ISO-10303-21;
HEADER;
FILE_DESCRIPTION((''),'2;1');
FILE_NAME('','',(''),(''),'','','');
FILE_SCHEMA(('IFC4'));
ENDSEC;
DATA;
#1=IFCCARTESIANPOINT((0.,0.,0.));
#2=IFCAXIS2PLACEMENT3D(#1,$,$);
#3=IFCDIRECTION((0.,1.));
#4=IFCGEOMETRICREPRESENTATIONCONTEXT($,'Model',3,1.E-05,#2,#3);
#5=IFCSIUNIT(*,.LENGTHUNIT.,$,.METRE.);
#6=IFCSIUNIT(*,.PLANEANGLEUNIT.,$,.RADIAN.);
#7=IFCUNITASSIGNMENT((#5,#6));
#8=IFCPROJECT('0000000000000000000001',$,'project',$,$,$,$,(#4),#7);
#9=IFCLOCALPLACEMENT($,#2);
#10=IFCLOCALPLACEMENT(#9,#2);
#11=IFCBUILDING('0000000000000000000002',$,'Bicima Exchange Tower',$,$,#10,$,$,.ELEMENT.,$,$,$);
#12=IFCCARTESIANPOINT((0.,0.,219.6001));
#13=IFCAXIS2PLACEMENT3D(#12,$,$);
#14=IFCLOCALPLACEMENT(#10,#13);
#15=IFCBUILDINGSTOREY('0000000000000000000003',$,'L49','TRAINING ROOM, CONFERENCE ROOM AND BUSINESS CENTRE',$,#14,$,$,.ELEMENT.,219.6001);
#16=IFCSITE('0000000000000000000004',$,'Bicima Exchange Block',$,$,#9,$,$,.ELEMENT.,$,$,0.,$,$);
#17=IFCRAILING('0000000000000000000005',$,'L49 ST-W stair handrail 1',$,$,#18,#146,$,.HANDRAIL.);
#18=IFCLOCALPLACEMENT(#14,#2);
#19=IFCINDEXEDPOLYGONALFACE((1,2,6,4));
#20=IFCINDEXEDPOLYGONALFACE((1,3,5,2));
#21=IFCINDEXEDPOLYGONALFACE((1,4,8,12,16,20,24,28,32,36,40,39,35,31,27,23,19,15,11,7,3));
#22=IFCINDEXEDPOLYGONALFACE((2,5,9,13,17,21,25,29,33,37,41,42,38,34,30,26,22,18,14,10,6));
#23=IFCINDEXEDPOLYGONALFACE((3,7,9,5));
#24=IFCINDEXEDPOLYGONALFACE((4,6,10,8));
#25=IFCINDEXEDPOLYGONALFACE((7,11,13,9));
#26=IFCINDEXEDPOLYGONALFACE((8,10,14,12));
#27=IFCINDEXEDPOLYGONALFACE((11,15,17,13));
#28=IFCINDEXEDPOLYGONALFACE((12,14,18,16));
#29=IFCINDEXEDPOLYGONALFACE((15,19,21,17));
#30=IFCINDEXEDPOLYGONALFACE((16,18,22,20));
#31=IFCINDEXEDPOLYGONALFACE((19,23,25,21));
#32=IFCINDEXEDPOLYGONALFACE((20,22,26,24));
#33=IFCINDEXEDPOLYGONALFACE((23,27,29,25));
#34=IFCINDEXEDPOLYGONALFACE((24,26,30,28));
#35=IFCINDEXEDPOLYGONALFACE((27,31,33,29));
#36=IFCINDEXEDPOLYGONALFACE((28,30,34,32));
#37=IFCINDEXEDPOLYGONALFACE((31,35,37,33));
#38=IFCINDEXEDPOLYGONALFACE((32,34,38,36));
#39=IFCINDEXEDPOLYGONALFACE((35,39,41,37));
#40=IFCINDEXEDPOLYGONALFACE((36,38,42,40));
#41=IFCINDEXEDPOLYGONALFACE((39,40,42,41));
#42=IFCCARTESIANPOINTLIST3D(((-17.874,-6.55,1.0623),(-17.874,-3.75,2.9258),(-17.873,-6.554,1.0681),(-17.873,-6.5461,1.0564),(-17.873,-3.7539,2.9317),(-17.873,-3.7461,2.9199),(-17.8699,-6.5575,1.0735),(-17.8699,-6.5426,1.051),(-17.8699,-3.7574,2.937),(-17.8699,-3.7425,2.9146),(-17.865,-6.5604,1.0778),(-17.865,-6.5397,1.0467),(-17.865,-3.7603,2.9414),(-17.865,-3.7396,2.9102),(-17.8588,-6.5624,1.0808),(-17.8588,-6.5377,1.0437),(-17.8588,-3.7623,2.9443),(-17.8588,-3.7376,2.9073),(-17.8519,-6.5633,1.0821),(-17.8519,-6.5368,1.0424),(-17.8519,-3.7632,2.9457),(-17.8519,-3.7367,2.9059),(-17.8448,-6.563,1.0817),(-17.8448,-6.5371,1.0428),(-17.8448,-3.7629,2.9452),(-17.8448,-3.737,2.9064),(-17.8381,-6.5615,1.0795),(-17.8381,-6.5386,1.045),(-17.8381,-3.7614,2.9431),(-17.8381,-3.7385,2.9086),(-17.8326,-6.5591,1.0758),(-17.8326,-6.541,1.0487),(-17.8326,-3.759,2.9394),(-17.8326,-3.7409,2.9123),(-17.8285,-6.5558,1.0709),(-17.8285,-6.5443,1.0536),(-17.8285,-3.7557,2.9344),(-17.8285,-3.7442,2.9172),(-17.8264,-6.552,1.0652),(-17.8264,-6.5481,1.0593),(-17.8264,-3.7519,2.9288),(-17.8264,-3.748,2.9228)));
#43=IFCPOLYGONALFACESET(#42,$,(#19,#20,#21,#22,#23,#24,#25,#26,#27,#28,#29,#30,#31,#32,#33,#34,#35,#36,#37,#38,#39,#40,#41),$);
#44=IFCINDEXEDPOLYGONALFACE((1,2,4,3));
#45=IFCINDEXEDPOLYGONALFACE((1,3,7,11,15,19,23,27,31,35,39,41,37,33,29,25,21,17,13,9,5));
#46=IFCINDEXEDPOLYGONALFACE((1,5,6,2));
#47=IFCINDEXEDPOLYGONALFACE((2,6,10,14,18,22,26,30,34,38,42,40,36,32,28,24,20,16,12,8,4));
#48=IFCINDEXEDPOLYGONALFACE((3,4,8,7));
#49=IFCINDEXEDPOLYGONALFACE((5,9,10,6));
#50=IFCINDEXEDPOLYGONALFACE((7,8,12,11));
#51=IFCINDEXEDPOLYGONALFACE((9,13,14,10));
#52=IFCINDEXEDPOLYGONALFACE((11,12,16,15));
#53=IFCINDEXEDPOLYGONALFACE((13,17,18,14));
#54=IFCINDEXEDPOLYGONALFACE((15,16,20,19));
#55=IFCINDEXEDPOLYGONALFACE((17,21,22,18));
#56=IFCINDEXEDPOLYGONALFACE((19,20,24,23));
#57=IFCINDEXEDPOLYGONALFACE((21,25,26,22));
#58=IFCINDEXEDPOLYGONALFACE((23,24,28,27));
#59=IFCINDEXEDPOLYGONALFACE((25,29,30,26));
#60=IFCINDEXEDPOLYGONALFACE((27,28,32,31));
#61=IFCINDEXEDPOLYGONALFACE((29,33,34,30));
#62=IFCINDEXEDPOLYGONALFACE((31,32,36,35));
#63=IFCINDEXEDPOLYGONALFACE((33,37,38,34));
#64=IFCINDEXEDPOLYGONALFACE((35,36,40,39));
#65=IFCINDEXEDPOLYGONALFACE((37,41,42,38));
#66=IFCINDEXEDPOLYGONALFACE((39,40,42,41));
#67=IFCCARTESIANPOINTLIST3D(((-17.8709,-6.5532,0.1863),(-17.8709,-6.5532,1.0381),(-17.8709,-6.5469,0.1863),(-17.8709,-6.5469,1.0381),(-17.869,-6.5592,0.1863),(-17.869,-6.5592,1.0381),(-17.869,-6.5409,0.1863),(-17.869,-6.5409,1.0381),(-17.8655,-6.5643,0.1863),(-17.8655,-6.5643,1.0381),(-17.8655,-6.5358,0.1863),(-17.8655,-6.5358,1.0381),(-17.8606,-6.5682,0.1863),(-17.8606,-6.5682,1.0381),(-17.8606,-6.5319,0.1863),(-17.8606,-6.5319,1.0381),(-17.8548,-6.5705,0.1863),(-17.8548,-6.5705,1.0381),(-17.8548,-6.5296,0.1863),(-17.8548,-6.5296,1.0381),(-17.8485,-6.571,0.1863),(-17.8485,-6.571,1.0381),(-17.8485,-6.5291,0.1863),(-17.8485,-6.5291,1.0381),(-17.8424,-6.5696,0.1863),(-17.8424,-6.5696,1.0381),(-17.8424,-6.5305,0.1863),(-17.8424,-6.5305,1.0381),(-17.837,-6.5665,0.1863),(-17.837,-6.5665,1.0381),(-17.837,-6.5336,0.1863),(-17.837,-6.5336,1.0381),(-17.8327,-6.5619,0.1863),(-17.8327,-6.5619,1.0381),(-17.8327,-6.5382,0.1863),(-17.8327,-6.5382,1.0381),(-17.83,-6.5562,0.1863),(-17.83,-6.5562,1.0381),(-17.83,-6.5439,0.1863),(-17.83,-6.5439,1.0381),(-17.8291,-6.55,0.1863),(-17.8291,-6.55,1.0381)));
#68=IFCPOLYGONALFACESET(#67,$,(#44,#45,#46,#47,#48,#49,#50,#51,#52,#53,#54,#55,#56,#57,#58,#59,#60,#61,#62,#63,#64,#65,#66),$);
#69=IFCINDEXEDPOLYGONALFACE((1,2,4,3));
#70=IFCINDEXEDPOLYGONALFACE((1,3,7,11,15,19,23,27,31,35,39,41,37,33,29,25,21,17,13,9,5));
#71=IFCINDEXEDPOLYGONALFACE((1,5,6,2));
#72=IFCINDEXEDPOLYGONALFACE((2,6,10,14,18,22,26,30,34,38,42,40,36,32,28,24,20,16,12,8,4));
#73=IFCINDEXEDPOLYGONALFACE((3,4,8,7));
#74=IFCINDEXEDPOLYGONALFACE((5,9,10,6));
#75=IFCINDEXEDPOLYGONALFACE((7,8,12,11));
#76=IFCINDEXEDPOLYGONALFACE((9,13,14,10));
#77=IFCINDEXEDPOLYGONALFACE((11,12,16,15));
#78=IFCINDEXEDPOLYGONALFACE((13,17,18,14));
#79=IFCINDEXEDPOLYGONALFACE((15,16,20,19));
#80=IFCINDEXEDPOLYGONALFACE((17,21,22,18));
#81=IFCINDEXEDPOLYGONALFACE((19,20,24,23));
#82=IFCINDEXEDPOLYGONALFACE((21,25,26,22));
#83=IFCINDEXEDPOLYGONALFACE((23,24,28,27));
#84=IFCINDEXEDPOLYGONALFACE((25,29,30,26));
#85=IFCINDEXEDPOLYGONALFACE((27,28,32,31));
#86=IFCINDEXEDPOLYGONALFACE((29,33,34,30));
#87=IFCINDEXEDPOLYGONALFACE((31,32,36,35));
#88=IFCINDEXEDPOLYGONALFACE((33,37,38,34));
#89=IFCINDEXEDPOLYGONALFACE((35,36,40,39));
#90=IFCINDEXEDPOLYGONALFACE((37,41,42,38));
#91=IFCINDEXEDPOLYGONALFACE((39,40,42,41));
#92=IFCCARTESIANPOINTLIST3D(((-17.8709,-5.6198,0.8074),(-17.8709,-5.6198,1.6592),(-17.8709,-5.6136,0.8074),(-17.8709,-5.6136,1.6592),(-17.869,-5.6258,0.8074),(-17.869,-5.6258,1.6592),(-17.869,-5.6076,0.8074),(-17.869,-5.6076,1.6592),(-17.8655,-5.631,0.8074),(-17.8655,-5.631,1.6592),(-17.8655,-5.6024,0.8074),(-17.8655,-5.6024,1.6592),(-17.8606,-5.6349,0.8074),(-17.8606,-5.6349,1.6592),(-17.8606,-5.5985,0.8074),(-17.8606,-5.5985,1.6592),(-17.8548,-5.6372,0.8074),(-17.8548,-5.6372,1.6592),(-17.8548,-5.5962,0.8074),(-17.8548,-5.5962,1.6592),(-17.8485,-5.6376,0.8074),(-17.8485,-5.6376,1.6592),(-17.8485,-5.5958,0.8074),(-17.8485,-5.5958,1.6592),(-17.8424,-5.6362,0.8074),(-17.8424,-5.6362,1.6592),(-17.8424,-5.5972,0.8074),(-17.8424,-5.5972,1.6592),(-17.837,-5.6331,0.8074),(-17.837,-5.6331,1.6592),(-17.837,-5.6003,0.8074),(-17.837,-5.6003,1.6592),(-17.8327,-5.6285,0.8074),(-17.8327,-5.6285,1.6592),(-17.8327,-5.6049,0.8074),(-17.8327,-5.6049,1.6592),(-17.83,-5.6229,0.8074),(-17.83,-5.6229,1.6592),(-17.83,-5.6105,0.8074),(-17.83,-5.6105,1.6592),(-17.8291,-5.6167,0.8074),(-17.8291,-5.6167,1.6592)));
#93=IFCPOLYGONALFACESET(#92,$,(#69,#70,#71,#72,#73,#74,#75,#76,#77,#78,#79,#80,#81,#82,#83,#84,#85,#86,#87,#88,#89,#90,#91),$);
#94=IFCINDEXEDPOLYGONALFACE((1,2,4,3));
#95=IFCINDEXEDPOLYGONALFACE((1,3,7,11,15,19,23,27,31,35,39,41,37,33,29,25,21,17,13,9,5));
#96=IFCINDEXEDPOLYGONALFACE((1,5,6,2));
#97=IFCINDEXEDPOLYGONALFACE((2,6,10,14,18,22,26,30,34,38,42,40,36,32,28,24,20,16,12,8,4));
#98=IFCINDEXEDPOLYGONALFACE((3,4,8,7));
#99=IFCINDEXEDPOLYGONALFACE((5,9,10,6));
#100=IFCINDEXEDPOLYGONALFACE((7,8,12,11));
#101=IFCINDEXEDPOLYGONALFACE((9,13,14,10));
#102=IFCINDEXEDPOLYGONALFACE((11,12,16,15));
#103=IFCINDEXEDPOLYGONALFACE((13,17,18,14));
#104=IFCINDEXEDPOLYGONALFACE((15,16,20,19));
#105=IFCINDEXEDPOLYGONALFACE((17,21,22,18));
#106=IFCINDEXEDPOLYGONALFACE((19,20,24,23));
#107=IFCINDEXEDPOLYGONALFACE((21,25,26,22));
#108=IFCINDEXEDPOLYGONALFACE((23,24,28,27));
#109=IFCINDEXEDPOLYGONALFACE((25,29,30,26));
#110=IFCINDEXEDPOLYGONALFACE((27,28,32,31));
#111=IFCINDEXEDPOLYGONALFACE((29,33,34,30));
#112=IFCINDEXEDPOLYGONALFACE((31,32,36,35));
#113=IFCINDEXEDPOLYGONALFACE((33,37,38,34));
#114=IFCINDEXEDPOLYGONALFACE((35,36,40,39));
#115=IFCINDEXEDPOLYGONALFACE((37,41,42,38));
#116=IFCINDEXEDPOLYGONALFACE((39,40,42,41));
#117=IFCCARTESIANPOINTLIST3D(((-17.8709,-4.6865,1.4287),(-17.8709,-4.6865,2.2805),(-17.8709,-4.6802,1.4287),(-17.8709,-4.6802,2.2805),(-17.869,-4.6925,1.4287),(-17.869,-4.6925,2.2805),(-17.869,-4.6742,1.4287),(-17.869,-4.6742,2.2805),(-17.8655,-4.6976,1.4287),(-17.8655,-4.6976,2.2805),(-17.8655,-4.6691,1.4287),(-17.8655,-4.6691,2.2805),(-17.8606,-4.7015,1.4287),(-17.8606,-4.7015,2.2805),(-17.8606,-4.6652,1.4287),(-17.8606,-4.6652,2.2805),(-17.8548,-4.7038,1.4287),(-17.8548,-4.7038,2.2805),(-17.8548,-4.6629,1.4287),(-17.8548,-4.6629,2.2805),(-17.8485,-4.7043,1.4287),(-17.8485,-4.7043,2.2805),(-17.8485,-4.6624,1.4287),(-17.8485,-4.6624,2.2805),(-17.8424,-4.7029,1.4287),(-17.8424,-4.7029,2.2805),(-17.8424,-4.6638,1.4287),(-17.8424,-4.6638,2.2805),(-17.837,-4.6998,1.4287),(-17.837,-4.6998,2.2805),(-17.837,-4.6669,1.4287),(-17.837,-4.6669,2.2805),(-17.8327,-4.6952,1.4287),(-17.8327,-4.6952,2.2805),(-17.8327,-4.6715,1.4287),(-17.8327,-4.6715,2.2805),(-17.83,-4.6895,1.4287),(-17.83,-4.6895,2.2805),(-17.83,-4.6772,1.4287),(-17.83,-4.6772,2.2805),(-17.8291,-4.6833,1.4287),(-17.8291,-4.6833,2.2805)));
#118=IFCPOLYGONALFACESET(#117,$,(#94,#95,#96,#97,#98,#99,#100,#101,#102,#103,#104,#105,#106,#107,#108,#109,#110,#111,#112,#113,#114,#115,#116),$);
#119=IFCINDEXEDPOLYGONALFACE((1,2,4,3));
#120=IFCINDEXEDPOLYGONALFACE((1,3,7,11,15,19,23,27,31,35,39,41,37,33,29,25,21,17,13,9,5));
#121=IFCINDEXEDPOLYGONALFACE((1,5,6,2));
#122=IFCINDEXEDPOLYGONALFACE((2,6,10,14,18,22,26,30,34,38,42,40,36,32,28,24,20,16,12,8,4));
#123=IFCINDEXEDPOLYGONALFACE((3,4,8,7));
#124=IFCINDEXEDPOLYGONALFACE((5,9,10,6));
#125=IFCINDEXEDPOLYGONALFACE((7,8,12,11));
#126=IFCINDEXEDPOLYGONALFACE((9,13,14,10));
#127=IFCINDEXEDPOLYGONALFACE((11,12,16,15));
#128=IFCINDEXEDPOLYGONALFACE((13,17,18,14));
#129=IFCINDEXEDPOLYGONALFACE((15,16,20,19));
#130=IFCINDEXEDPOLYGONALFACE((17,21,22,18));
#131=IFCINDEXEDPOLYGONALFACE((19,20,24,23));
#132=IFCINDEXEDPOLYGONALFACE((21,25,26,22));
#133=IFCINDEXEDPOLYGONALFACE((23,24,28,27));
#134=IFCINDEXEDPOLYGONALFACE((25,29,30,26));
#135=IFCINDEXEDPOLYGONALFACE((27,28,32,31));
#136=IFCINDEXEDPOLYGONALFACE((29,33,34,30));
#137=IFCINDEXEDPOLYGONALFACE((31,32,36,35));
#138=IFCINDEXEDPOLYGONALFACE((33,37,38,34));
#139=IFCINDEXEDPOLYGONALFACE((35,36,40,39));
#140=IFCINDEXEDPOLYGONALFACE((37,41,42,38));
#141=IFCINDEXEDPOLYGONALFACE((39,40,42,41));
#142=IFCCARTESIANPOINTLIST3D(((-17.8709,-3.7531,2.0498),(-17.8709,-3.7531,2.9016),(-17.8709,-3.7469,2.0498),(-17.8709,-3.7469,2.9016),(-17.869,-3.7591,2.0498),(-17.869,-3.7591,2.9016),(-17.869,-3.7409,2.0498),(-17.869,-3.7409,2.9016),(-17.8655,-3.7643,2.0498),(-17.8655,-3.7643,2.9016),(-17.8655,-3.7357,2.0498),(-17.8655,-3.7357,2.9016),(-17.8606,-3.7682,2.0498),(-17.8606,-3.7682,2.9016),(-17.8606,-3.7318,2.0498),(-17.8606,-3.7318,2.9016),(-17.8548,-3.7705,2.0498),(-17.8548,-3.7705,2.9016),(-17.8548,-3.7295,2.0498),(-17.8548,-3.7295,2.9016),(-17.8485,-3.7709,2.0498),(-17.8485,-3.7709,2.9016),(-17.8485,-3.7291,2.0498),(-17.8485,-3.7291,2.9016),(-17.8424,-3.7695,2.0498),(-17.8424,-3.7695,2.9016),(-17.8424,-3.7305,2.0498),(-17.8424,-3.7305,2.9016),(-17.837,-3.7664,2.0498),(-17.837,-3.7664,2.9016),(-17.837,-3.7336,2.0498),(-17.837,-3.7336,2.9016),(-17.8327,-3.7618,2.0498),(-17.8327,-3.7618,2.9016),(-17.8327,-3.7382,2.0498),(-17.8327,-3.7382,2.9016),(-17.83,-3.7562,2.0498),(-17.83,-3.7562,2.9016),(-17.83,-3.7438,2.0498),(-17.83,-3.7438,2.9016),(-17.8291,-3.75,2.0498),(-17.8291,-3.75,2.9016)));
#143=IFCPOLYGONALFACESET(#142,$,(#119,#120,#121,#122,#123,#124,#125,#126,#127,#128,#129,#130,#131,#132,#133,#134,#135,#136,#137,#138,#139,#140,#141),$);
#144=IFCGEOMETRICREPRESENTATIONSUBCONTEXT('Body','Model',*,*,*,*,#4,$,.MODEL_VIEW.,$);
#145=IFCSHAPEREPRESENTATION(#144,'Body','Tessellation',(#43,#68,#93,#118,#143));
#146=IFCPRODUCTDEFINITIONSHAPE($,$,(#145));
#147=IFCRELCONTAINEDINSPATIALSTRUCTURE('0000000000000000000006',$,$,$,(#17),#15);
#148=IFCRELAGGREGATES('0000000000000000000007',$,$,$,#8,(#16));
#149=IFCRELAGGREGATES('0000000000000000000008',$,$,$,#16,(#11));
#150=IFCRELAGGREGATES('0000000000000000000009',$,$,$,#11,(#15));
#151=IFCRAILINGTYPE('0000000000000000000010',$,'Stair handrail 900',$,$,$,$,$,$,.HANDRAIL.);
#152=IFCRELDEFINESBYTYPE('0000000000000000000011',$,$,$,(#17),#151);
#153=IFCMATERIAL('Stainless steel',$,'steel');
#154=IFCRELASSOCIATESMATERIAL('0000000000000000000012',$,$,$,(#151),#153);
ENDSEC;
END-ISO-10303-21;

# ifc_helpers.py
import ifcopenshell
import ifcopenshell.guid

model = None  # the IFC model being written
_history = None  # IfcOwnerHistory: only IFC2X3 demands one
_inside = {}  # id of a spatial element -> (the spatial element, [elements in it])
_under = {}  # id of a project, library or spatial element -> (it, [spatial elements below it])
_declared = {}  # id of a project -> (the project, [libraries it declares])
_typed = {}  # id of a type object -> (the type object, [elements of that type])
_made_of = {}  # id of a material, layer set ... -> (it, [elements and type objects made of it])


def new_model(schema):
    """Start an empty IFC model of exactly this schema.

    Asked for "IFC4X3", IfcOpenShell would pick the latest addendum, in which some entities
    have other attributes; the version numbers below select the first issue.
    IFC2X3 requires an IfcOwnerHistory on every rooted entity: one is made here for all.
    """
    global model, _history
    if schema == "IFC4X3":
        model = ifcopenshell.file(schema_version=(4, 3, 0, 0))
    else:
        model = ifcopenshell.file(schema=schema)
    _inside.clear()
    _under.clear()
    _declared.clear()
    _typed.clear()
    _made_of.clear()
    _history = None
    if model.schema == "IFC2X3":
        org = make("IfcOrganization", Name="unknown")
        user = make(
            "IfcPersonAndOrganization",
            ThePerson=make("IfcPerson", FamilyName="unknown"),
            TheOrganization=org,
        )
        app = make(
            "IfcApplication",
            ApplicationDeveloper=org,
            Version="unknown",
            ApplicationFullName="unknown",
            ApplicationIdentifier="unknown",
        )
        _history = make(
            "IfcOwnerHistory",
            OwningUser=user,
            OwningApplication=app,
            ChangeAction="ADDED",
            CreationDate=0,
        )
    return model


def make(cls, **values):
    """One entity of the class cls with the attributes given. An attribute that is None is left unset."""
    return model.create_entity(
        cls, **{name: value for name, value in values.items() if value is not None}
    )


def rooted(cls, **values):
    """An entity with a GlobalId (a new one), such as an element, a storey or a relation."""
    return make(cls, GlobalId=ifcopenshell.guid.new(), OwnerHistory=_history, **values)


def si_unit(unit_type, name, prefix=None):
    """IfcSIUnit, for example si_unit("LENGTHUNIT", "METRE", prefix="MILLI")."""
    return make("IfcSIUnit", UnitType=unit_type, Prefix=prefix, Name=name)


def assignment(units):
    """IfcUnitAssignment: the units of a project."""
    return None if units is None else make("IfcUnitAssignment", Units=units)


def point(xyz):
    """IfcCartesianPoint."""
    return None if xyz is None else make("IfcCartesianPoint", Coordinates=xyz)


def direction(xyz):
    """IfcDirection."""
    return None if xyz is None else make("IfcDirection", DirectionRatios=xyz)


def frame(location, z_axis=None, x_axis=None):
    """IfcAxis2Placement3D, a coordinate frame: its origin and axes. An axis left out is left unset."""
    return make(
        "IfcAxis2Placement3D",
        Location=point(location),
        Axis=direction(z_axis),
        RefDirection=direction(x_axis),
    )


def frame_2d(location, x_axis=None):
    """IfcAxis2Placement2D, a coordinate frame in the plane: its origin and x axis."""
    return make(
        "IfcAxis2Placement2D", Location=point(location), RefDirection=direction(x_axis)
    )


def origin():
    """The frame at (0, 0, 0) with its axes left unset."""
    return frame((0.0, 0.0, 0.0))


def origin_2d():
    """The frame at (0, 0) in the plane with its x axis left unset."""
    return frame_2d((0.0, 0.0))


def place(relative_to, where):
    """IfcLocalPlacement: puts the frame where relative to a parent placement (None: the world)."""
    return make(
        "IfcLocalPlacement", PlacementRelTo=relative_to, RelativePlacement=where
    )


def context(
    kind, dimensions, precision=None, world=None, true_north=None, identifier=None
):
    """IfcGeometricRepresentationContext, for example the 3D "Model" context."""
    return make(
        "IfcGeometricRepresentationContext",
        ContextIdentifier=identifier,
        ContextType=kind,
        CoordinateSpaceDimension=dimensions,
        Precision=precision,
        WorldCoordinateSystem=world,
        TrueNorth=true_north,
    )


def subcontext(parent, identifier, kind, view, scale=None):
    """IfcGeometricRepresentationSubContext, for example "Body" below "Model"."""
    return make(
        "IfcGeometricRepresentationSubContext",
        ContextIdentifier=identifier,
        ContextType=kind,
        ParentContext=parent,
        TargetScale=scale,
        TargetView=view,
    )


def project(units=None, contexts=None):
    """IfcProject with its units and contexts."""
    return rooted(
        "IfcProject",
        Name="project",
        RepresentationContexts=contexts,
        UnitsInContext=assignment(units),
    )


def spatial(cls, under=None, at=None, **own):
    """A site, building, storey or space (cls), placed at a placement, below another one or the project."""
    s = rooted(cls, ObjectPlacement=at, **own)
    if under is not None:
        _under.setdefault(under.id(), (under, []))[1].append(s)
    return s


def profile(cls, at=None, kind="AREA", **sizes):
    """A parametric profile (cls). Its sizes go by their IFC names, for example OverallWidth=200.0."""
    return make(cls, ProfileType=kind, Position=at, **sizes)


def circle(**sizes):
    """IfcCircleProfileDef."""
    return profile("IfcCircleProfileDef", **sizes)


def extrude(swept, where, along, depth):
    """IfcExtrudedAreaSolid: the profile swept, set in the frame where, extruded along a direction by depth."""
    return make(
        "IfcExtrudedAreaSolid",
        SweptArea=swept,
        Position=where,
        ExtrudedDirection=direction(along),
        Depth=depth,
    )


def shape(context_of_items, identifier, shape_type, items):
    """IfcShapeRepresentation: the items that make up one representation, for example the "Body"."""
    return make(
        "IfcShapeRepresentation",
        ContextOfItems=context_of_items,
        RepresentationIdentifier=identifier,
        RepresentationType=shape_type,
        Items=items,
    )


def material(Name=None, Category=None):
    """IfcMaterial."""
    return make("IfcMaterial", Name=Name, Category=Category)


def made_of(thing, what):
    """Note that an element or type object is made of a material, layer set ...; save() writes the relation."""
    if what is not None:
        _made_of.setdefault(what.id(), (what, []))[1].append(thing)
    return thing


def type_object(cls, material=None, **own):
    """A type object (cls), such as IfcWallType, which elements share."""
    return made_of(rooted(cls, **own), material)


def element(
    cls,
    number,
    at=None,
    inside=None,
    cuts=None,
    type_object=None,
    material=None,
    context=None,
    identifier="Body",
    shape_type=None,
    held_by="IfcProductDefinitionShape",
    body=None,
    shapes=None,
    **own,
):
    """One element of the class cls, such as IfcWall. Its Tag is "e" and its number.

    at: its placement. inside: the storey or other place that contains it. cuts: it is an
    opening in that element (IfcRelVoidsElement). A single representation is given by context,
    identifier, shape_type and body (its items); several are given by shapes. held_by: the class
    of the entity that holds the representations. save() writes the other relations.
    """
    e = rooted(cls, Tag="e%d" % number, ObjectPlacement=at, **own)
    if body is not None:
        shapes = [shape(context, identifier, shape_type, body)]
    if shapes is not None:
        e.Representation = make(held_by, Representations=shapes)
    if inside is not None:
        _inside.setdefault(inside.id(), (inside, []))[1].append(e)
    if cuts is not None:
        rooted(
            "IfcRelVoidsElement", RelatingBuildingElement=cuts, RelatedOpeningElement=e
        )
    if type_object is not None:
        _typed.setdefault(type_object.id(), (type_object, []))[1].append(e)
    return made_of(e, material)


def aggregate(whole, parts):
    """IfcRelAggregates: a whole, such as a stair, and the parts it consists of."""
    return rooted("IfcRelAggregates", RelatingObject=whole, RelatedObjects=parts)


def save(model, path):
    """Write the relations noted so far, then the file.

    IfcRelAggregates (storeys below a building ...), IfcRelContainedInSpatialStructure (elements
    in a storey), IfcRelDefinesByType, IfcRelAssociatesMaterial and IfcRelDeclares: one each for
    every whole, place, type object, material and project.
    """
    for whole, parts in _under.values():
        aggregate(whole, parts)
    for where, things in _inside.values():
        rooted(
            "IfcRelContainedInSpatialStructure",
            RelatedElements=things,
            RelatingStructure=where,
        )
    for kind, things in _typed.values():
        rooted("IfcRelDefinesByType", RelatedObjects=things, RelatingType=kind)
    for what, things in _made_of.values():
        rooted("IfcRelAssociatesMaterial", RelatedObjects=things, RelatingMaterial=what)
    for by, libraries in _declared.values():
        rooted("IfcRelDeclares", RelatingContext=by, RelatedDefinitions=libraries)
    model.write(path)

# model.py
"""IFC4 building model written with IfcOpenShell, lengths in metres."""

from ifc_helpers import new_model, si_unit, direction, frame, origin, origin_2d, place, context, subcontext, project, spatial, circle, extrude, material, type_object, element, save


model = new_model("IFC4")

# Units and contexts
model_context = context("Model", 3, precision=1e-05, world=origin(), true_north=direction((0.0, 1.0)))
body_context = subcontext(model_context, "Body", "Model", "MODEL_VIEW")
ifc_project = project(units=[si_unit("LENGTHUNIT", "METRE"), si_unit("PLANEANGLEUNIT", "RADIAN")], contexts=[model_context])

# Site, building, storey
site_placement = place(None, origin())
site = spatial("IfcSite", under=ifc_project, at=site_placement, Name="Bicima Exchange Block", CompositionType="ELEMENT", RefElevation=0.0)
building_placement = place(site_placement, origin())
building = spatial("IfcBuilding", under=site, at=building_placement, Name="Bicima Exchange Tower", CompositionType="ELEMENT")
storey_placement = place(building_placement, frame((0.0, 0.0, 219.6001)))
storey = spatial("IfcBuildingStorey", under=building, at=storey_placement, Name="L49", Description="TRAINING ROOM, CONFERENCE ROOM AND BUSINESS CENTRE", CompositionType="ELEMENT", Elevation=219.6001)

# Shared definitions
ifc_material_1 = material(Name="Stainless steel", Category="steel")

# Railing
railing_type_1 = type_object("IfcRailingType", Name="Stair handrail 900", PredefinedType="HANDRAIL", material=ifc_material_1)
railing_1_placement = place(storey_placement, frame((-17.8501, -6.55, 0.1863)))
element("IfcRailing", 1, at=railing_1_placement, inside=storey, type_object=railing_type_1, Name="L49 ST-W stair handrail 1", PredefinedType="HANDRAIL", context=body_context, shape_type="SweptSolid", body=[
    extrude(circle(Radius=0.0239, at=origin_2d()), frame((0.0, 0.0, 0.876), z_axis=(0.0, 0.832486, 0.554047), x_axis=(-1.0, 0.0, 0.0)), (0.0, 0.0, 1.0), 3.3635),
    extrude(circle(Radius=0.021, at=origin_2d()), origin(), (0.0, 0.0, 1.0), 0.8518),
    extrude(circle(Radius=0.021, at=origin_2d()), frame((0.0, 0.9333, 0.6211)), (0.0, 0.0, 1.0), 0.8518),
    extrude(circle(Radius=0.021, at=origin_2d()), frame((0.0, 1.8667, 1.2424)), (0.0, 0.0, 1.0), 0.8518),
    extrude(circle(Radius=0.021, at=origin_2d()), frame((0.0, 2.8, 1.8635)), (0.0, 0.0, 1.0), 0.8518),
])

save(model, "model.ifc")
